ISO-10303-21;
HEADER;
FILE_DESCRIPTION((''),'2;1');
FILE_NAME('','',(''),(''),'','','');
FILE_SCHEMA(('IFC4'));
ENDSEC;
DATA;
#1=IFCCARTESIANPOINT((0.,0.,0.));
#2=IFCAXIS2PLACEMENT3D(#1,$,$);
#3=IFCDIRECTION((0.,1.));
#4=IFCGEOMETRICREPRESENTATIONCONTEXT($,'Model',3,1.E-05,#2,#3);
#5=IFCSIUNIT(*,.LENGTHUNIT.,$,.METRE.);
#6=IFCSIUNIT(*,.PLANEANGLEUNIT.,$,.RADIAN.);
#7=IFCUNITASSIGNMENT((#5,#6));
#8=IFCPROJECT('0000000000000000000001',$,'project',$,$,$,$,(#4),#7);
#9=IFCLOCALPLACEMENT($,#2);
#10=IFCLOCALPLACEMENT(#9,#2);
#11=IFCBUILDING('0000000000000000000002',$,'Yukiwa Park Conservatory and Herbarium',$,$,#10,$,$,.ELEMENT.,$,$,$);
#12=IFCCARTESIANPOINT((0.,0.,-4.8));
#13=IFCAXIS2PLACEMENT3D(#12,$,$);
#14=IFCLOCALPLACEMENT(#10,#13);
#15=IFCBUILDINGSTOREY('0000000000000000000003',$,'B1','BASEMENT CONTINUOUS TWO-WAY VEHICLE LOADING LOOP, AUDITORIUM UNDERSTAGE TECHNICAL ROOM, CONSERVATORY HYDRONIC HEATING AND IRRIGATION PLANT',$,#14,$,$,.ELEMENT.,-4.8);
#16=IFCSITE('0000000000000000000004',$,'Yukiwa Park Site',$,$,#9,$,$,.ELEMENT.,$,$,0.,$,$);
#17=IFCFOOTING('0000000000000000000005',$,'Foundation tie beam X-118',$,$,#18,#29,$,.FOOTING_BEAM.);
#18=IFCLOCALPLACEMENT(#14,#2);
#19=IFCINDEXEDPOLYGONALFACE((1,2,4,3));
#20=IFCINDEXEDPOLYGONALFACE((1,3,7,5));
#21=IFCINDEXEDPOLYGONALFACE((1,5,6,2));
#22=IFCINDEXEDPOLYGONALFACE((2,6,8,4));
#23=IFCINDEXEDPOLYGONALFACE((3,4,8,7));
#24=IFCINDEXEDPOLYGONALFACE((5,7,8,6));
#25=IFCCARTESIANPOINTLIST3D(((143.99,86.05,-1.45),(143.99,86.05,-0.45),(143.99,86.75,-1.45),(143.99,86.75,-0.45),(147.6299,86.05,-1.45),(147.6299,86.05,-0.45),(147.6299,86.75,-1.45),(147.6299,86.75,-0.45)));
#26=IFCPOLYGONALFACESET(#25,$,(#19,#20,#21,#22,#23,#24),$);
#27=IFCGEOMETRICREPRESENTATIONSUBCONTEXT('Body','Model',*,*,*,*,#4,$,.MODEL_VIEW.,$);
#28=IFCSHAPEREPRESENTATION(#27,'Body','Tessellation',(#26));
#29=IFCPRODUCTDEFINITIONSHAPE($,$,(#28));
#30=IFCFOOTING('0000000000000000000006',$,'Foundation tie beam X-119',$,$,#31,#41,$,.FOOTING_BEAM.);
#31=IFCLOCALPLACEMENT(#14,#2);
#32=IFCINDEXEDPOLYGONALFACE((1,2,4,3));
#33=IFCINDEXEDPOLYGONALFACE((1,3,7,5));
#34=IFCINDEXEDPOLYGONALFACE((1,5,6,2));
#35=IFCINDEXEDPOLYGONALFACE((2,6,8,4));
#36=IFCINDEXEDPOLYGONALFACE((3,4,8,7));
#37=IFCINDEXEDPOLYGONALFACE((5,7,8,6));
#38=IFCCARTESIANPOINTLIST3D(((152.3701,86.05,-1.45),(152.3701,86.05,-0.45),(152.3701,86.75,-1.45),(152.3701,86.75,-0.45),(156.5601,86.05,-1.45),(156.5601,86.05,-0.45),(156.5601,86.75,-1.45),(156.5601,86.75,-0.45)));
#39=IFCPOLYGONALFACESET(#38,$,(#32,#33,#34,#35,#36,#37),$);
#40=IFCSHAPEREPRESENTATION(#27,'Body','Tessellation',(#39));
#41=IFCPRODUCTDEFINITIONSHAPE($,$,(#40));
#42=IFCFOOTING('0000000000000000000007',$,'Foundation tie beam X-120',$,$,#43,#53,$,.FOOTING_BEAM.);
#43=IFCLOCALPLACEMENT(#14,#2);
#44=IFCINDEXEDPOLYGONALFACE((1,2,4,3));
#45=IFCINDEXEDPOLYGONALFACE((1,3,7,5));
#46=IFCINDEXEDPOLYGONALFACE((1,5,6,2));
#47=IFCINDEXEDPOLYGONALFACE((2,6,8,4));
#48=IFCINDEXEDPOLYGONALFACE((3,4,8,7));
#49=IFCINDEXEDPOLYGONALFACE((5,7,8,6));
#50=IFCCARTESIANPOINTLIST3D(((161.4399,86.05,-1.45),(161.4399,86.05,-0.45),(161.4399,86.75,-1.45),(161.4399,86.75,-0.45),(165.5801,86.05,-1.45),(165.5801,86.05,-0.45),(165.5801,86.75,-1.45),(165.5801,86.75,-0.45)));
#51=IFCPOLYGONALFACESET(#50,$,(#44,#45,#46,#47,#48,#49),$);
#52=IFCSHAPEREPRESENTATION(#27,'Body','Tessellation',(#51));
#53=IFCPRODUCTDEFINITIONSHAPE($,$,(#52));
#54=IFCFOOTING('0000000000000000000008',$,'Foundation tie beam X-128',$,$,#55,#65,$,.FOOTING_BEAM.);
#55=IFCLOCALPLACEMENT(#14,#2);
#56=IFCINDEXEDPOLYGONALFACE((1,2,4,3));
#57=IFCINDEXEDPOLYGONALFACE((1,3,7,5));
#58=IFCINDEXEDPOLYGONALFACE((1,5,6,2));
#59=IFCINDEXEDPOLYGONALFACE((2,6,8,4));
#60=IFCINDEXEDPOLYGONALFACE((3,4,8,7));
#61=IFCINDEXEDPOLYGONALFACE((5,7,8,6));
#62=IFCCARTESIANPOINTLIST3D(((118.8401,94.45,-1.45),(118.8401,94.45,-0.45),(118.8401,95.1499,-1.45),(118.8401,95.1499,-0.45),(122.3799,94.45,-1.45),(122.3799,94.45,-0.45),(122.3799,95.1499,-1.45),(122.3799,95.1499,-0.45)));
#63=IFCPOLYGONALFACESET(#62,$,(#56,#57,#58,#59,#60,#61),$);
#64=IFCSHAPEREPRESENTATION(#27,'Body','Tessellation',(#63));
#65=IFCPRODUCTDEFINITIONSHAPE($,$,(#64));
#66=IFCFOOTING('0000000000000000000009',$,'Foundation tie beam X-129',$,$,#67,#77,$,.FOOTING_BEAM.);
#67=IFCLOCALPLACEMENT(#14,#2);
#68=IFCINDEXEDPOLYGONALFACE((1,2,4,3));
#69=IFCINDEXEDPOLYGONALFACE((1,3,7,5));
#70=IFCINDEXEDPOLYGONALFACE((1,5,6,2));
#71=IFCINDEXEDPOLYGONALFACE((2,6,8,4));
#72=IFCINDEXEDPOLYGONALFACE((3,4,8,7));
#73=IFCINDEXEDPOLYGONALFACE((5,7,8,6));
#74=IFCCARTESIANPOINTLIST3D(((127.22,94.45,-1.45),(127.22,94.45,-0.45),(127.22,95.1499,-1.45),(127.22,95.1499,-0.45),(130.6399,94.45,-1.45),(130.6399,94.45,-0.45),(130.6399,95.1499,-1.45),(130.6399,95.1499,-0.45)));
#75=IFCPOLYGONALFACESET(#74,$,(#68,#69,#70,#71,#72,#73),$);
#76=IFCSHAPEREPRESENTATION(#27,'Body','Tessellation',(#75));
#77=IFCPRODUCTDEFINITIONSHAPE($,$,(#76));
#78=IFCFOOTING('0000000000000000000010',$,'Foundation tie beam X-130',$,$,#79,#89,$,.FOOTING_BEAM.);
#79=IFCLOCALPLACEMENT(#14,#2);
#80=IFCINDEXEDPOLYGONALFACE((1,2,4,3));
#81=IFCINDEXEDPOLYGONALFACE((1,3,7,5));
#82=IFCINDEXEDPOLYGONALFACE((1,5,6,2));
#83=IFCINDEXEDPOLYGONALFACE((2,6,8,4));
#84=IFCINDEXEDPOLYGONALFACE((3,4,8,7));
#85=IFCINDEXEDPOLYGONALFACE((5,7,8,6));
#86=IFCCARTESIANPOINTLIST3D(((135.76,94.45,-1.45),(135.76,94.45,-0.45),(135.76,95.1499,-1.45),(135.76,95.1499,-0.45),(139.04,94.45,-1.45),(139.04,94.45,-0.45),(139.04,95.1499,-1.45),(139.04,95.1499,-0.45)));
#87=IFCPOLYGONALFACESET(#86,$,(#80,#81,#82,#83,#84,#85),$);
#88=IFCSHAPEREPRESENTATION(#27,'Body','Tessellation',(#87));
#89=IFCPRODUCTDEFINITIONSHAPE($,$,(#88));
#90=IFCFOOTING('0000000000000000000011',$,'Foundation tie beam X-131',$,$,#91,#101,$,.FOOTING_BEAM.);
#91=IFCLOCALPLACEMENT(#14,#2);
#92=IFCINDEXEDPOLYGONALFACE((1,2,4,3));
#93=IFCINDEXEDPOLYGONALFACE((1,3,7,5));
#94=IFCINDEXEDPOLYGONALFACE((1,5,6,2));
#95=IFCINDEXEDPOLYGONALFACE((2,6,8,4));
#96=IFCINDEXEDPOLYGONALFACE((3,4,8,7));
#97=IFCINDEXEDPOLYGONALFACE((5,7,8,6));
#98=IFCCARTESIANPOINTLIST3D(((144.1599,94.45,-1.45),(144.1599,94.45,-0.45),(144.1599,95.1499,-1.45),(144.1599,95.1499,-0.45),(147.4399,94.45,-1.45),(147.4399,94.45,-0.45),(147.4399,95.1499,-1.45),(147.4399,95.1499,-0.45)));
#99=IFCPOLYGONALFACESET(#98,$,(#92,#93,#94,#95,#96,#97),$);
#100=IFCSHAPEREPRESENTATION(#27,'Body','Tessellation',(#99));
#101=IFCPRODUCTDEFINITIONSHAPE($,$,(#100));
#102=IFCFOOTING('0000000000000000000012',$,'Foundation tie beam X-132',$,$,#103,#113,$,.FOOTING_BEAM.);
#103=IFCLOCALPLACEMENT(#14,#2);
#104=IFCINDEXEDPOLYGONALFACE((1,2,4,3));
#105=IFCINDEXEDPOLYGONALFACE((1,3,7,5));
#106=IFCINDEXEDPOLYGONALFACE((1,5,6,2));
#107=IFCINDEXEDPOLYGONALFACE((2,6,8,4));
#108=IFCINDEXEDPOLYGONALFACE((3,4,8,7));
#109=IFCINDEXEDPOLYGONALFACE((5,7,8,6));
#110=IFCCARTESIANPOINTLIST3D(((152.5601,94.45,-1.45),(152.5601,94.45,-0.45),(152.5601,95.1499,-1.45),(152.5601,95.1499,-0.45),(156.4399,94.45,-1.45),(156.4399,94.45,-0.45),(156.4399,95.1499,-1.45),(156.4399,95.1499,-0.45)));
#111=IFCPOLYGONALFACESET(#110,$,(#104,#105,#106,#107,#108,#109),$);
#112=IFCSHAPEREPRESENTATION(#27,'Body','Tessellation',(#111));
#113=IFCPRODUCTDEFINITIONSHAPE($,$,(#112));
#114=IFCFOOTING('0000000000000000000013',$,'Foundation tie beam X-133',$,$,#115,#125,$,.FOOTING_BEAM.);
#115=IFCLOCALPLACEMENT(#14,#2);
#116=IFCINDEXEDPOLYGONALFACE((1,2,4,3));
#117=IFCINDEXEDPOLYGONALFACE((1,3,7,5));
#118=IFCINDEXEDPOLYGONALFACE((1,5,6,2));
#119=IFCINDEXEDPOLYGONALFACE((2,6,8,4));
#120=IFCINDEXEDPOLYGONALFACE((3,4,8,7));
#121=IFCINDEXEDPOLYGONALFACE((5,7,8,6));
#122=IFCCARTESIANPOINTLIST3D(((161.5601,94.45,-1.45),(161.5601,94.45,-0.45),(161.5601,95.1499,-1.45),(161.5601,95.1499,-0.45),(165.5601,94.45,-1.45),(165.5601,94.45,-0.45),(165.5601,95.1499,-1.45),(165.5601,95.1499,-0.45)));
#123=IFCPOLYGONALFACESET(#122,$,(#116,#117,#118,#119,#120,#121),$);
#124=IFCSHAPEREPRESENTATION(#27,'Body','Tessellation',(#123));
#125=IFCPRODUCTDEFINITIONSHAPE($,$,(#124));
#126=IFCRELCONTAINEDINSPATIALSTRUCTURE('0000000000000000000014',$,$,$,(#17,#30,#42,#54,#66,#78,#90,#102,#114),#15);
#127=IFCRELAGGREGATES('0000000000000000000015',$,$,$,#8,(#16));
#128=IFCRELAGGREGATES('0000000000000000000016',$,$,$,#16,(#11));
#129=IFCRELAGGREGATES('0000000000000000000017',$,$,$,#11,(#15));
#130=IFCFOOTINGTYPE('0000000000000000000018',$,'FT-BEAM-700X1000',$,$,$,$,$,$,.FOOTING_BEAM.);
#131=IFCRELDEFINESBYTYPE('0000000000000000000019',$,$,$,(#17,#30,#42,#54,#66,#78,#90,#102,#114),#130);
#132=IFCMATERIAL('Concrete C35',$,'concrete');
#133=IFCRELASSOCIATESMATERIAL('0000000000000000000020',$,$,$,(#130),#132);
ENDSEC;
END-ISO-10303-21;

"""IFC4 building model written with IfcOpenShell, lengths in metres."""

from ifc_helpers import new_model, si_unit, direction, frame, origin, place, context, subcontext, project, spatial, polyline, outline, extrude, material, type_object, element, save


model = new_model("IFC4")

# Units and contexts
model_context = context("Model", 3, precision=1e-05, world=origin(), true_north=direction((0.0, 1.0)))
body_context = subcontext(model_context, "Body", "Model", "MODEL_VIEW")
ifc_project = project(units=[si_unit("LENGTHUNIT", "METRE"), si_unit("PLANEANGLEUNIT", "RADIAN")], contexts=[model_context])

# Site, building, storey
site_placement = place(None, origin())
site = spatial("IfcSite", under=ifc_project, at=site_placement, Name="Yukiwa Park Site", CompositionType="ELEMENT", RefElevation=0.0)
building_placement = place(site_placement, origin())
building = spatial("IfcBuilding", under=site, at=building_placement, Name="Yukiwa Park Conservatory and Herbarium", CompositionType="ELEMENT")
storey_placement = place(building_placement, frame((0.0, 0.0, -4.8)))
storey = spatial("IfcBuildingStorey", under=building, at=storey_placement, Name="B1", Description="BASEMENT CONTINUOUS TWO-WAY VEHICLE LOADING LOOP, AUDITORIUM UNDERSTAGE TECHNICAL ROOM, CONSERVATORY HYDRONIC HEATING AND IRRIGATION PLANT", CompositionType="ELEMENT", Elevation=-4.8)

# Footings
ifc_material_1 = material(Name="Concrete C35", Category="concrete")
footing_type_1 = type_object("IfcFootingType", Name="FT-BEAM-700X1000", PredefinedType="FOOTING_BEAM", material=ifc_material_1)
footing_1_placement = place(storey_placement, frame((0.0, 0.0, -1.45)))
element("IfcFooting", 1, at=footing_1_placement, inside=storey, type_object=footing_type_1, Name="Foundation tie beam X-118", PredefinedType="FOOTING_BEAM", context=body_context, shape_type="SweptSolid", body=[
    extrude(outline(polyline([(143.99, 86.05), (147.6299, 86.05), (147.6299, 86.75), (143.99, 86.75), (143.99, 86.05)])), origin(), (0.0, 0.0, 1.0), 1.0),
])
footing_2_placement = place(storey_placement, frame((0.0, 0.0, -1.45)))
element("IfcFooting", 2, at=footing_2_placement, inside=storey, type_object=footing_type_1, Name="Foundation tie beam X-119", PredefinedType="FOOTING_BEAM", context=body_context, shape_type="SweptSolid", body=[
    extrude(outline(polyline([(152.3701, 86.05), (156.5601, 86.05), (156.5601, 86.75), (152.3701, 86.75), (152.3701, 86.05)])), origin(), (0.0, 0.0, 1.0), 1.0),
])
footing_3_placement = place(storey_placement, frame((0.0, 0.0, -1.45)))
element("IfcFooting", 3, at=footing_3_placement, inside=storey, type_object=footing_type_1, Name="Foundation tie beam X-120", PredefinedType="FOOTING_BEAM", context=body_context, shape_type="SweptSolid", body=[
    extrude(outline(polyline([(161.4399, 86.05), (165.5801, 86.05), (165.5801, 86.75), (161.4399, 86.75), (161.4399, 86.05)])), origin(), (0.0, 0.0, 1.0), 1.0),
])
footing_4_placement = place(storey_placement, frame((0.0, 0.0, -1.45)))
element("IfcFooting", 4, at=footing_4_placement, inside=storey, type_object=footing_type_1, Name="Foundation tie beam X-128", PredefinedType="FOOTING_BEAM", context=body_context, shape_type="SweptSolid", body=[
    extrude(outline(polyline([(118.8401, 94.45), (122.3799, 94.45), (122.3799, 95.1499), (118.8401, 95.1499), (118.8401, 94.45)])), origin(), (0.0, 0.0, 1.0), 1.0),
])
footing_5_placement = place(storey_placement, frame((0.0, 0.0, -1.45)))
element("IfcFooting", 5, at=footing_5_placement, inside=storey, type_object=footing_type_1, Name="Foundation tie beam X-129", PredefinedType="FOOTING_BEAM", context=body_context, shape_type="SweptSolid", body=[
    extrude(outline(polyline([(127.22, 94.45), (130.6399, 94.45), (130.6399, 95.1499), (127.22, 95.1499), (127.22, 94.45)])), origin(), (0.0, 0.0, 1.0), 1.0),
])
footing_6_placement = place(storey_placement, frame((0.0, 0.0, -1.45)))
element("IfcFooting", 6, at=footing_6_placement, inside=storey, type_object=footing_type_1, Name="Foundation tie beam X-130", PredefinedType="FOOTING_BEAM", context=body_context, shape_type="SweptSolid", body=[
    extrude(outline(polyline([(135.76, 94.45), (139.04, 94.45), (139.04, 95.1499), (135.76, 95.1499), (135.76, 94.45)])), origin(), (0.0, 0.0, 1.0), 1.0),
])
footing_7_placement = place(storey_placement, frame((0.0, 0.0, -1.45)))
element("IfcFooting", 7, at=footing_7_placement, inside=storey, type_object=footing_type_1, Name="Foundation tie beam X-131", PredefinedType="FOOTING_BEAM", context=body_context, shape_type="SweptSolid", body=[
    extrude(outline(polyline([(144.1599, 94.45), (147.4399, 94.45), (147.4399, 95.1499), (144.1599, 95.1499), (144.1599, 94.45)])), origin(), (0.0, 0.0, 1.0), 1.0),
])
footing_8_placement = place(storey_placement, frame((0.0, 0.0, -1.45)))
element("IfcFooting", 8, at=footing_8_placement, inside=storey, type_object=footing_type_1, Name="Foundation tie beam X-132", PredefinedType="FOOTING_BEAM", context=body_context, shape_type="SweptSolid", body=[
    extrude(outline(polyline([(152.5601, 94.45), (156.4399, 94.45), (156.4399, 95.1499), (152.5601, 95.1499), (152.5601, 94.45)])), origin(), (0.0, 0.0, 1.0), 1.0),
])
footing_9_placement = place(storey_placement, frame((0.0, 0.0, -1.45)))
element("IfcFooting", 9, at=footing_9_placement, inside=storey, type_object=footing_type_1, Name="Foundation tie beam X-133", PredefinedType="FOOTING_BEAM", context=body_context, shape_type="SweptSolid", body=[
    extrude(outline(polyline([(161.5601, 94.45), (165.5601, 94.45), (165.5601, 95.1499), (161.5601, 95.1499), (161.5601, 94.45)])), origin(), (0.0, 0.0, 1.0), 1.0),
])

save(model, "model.ifc")
